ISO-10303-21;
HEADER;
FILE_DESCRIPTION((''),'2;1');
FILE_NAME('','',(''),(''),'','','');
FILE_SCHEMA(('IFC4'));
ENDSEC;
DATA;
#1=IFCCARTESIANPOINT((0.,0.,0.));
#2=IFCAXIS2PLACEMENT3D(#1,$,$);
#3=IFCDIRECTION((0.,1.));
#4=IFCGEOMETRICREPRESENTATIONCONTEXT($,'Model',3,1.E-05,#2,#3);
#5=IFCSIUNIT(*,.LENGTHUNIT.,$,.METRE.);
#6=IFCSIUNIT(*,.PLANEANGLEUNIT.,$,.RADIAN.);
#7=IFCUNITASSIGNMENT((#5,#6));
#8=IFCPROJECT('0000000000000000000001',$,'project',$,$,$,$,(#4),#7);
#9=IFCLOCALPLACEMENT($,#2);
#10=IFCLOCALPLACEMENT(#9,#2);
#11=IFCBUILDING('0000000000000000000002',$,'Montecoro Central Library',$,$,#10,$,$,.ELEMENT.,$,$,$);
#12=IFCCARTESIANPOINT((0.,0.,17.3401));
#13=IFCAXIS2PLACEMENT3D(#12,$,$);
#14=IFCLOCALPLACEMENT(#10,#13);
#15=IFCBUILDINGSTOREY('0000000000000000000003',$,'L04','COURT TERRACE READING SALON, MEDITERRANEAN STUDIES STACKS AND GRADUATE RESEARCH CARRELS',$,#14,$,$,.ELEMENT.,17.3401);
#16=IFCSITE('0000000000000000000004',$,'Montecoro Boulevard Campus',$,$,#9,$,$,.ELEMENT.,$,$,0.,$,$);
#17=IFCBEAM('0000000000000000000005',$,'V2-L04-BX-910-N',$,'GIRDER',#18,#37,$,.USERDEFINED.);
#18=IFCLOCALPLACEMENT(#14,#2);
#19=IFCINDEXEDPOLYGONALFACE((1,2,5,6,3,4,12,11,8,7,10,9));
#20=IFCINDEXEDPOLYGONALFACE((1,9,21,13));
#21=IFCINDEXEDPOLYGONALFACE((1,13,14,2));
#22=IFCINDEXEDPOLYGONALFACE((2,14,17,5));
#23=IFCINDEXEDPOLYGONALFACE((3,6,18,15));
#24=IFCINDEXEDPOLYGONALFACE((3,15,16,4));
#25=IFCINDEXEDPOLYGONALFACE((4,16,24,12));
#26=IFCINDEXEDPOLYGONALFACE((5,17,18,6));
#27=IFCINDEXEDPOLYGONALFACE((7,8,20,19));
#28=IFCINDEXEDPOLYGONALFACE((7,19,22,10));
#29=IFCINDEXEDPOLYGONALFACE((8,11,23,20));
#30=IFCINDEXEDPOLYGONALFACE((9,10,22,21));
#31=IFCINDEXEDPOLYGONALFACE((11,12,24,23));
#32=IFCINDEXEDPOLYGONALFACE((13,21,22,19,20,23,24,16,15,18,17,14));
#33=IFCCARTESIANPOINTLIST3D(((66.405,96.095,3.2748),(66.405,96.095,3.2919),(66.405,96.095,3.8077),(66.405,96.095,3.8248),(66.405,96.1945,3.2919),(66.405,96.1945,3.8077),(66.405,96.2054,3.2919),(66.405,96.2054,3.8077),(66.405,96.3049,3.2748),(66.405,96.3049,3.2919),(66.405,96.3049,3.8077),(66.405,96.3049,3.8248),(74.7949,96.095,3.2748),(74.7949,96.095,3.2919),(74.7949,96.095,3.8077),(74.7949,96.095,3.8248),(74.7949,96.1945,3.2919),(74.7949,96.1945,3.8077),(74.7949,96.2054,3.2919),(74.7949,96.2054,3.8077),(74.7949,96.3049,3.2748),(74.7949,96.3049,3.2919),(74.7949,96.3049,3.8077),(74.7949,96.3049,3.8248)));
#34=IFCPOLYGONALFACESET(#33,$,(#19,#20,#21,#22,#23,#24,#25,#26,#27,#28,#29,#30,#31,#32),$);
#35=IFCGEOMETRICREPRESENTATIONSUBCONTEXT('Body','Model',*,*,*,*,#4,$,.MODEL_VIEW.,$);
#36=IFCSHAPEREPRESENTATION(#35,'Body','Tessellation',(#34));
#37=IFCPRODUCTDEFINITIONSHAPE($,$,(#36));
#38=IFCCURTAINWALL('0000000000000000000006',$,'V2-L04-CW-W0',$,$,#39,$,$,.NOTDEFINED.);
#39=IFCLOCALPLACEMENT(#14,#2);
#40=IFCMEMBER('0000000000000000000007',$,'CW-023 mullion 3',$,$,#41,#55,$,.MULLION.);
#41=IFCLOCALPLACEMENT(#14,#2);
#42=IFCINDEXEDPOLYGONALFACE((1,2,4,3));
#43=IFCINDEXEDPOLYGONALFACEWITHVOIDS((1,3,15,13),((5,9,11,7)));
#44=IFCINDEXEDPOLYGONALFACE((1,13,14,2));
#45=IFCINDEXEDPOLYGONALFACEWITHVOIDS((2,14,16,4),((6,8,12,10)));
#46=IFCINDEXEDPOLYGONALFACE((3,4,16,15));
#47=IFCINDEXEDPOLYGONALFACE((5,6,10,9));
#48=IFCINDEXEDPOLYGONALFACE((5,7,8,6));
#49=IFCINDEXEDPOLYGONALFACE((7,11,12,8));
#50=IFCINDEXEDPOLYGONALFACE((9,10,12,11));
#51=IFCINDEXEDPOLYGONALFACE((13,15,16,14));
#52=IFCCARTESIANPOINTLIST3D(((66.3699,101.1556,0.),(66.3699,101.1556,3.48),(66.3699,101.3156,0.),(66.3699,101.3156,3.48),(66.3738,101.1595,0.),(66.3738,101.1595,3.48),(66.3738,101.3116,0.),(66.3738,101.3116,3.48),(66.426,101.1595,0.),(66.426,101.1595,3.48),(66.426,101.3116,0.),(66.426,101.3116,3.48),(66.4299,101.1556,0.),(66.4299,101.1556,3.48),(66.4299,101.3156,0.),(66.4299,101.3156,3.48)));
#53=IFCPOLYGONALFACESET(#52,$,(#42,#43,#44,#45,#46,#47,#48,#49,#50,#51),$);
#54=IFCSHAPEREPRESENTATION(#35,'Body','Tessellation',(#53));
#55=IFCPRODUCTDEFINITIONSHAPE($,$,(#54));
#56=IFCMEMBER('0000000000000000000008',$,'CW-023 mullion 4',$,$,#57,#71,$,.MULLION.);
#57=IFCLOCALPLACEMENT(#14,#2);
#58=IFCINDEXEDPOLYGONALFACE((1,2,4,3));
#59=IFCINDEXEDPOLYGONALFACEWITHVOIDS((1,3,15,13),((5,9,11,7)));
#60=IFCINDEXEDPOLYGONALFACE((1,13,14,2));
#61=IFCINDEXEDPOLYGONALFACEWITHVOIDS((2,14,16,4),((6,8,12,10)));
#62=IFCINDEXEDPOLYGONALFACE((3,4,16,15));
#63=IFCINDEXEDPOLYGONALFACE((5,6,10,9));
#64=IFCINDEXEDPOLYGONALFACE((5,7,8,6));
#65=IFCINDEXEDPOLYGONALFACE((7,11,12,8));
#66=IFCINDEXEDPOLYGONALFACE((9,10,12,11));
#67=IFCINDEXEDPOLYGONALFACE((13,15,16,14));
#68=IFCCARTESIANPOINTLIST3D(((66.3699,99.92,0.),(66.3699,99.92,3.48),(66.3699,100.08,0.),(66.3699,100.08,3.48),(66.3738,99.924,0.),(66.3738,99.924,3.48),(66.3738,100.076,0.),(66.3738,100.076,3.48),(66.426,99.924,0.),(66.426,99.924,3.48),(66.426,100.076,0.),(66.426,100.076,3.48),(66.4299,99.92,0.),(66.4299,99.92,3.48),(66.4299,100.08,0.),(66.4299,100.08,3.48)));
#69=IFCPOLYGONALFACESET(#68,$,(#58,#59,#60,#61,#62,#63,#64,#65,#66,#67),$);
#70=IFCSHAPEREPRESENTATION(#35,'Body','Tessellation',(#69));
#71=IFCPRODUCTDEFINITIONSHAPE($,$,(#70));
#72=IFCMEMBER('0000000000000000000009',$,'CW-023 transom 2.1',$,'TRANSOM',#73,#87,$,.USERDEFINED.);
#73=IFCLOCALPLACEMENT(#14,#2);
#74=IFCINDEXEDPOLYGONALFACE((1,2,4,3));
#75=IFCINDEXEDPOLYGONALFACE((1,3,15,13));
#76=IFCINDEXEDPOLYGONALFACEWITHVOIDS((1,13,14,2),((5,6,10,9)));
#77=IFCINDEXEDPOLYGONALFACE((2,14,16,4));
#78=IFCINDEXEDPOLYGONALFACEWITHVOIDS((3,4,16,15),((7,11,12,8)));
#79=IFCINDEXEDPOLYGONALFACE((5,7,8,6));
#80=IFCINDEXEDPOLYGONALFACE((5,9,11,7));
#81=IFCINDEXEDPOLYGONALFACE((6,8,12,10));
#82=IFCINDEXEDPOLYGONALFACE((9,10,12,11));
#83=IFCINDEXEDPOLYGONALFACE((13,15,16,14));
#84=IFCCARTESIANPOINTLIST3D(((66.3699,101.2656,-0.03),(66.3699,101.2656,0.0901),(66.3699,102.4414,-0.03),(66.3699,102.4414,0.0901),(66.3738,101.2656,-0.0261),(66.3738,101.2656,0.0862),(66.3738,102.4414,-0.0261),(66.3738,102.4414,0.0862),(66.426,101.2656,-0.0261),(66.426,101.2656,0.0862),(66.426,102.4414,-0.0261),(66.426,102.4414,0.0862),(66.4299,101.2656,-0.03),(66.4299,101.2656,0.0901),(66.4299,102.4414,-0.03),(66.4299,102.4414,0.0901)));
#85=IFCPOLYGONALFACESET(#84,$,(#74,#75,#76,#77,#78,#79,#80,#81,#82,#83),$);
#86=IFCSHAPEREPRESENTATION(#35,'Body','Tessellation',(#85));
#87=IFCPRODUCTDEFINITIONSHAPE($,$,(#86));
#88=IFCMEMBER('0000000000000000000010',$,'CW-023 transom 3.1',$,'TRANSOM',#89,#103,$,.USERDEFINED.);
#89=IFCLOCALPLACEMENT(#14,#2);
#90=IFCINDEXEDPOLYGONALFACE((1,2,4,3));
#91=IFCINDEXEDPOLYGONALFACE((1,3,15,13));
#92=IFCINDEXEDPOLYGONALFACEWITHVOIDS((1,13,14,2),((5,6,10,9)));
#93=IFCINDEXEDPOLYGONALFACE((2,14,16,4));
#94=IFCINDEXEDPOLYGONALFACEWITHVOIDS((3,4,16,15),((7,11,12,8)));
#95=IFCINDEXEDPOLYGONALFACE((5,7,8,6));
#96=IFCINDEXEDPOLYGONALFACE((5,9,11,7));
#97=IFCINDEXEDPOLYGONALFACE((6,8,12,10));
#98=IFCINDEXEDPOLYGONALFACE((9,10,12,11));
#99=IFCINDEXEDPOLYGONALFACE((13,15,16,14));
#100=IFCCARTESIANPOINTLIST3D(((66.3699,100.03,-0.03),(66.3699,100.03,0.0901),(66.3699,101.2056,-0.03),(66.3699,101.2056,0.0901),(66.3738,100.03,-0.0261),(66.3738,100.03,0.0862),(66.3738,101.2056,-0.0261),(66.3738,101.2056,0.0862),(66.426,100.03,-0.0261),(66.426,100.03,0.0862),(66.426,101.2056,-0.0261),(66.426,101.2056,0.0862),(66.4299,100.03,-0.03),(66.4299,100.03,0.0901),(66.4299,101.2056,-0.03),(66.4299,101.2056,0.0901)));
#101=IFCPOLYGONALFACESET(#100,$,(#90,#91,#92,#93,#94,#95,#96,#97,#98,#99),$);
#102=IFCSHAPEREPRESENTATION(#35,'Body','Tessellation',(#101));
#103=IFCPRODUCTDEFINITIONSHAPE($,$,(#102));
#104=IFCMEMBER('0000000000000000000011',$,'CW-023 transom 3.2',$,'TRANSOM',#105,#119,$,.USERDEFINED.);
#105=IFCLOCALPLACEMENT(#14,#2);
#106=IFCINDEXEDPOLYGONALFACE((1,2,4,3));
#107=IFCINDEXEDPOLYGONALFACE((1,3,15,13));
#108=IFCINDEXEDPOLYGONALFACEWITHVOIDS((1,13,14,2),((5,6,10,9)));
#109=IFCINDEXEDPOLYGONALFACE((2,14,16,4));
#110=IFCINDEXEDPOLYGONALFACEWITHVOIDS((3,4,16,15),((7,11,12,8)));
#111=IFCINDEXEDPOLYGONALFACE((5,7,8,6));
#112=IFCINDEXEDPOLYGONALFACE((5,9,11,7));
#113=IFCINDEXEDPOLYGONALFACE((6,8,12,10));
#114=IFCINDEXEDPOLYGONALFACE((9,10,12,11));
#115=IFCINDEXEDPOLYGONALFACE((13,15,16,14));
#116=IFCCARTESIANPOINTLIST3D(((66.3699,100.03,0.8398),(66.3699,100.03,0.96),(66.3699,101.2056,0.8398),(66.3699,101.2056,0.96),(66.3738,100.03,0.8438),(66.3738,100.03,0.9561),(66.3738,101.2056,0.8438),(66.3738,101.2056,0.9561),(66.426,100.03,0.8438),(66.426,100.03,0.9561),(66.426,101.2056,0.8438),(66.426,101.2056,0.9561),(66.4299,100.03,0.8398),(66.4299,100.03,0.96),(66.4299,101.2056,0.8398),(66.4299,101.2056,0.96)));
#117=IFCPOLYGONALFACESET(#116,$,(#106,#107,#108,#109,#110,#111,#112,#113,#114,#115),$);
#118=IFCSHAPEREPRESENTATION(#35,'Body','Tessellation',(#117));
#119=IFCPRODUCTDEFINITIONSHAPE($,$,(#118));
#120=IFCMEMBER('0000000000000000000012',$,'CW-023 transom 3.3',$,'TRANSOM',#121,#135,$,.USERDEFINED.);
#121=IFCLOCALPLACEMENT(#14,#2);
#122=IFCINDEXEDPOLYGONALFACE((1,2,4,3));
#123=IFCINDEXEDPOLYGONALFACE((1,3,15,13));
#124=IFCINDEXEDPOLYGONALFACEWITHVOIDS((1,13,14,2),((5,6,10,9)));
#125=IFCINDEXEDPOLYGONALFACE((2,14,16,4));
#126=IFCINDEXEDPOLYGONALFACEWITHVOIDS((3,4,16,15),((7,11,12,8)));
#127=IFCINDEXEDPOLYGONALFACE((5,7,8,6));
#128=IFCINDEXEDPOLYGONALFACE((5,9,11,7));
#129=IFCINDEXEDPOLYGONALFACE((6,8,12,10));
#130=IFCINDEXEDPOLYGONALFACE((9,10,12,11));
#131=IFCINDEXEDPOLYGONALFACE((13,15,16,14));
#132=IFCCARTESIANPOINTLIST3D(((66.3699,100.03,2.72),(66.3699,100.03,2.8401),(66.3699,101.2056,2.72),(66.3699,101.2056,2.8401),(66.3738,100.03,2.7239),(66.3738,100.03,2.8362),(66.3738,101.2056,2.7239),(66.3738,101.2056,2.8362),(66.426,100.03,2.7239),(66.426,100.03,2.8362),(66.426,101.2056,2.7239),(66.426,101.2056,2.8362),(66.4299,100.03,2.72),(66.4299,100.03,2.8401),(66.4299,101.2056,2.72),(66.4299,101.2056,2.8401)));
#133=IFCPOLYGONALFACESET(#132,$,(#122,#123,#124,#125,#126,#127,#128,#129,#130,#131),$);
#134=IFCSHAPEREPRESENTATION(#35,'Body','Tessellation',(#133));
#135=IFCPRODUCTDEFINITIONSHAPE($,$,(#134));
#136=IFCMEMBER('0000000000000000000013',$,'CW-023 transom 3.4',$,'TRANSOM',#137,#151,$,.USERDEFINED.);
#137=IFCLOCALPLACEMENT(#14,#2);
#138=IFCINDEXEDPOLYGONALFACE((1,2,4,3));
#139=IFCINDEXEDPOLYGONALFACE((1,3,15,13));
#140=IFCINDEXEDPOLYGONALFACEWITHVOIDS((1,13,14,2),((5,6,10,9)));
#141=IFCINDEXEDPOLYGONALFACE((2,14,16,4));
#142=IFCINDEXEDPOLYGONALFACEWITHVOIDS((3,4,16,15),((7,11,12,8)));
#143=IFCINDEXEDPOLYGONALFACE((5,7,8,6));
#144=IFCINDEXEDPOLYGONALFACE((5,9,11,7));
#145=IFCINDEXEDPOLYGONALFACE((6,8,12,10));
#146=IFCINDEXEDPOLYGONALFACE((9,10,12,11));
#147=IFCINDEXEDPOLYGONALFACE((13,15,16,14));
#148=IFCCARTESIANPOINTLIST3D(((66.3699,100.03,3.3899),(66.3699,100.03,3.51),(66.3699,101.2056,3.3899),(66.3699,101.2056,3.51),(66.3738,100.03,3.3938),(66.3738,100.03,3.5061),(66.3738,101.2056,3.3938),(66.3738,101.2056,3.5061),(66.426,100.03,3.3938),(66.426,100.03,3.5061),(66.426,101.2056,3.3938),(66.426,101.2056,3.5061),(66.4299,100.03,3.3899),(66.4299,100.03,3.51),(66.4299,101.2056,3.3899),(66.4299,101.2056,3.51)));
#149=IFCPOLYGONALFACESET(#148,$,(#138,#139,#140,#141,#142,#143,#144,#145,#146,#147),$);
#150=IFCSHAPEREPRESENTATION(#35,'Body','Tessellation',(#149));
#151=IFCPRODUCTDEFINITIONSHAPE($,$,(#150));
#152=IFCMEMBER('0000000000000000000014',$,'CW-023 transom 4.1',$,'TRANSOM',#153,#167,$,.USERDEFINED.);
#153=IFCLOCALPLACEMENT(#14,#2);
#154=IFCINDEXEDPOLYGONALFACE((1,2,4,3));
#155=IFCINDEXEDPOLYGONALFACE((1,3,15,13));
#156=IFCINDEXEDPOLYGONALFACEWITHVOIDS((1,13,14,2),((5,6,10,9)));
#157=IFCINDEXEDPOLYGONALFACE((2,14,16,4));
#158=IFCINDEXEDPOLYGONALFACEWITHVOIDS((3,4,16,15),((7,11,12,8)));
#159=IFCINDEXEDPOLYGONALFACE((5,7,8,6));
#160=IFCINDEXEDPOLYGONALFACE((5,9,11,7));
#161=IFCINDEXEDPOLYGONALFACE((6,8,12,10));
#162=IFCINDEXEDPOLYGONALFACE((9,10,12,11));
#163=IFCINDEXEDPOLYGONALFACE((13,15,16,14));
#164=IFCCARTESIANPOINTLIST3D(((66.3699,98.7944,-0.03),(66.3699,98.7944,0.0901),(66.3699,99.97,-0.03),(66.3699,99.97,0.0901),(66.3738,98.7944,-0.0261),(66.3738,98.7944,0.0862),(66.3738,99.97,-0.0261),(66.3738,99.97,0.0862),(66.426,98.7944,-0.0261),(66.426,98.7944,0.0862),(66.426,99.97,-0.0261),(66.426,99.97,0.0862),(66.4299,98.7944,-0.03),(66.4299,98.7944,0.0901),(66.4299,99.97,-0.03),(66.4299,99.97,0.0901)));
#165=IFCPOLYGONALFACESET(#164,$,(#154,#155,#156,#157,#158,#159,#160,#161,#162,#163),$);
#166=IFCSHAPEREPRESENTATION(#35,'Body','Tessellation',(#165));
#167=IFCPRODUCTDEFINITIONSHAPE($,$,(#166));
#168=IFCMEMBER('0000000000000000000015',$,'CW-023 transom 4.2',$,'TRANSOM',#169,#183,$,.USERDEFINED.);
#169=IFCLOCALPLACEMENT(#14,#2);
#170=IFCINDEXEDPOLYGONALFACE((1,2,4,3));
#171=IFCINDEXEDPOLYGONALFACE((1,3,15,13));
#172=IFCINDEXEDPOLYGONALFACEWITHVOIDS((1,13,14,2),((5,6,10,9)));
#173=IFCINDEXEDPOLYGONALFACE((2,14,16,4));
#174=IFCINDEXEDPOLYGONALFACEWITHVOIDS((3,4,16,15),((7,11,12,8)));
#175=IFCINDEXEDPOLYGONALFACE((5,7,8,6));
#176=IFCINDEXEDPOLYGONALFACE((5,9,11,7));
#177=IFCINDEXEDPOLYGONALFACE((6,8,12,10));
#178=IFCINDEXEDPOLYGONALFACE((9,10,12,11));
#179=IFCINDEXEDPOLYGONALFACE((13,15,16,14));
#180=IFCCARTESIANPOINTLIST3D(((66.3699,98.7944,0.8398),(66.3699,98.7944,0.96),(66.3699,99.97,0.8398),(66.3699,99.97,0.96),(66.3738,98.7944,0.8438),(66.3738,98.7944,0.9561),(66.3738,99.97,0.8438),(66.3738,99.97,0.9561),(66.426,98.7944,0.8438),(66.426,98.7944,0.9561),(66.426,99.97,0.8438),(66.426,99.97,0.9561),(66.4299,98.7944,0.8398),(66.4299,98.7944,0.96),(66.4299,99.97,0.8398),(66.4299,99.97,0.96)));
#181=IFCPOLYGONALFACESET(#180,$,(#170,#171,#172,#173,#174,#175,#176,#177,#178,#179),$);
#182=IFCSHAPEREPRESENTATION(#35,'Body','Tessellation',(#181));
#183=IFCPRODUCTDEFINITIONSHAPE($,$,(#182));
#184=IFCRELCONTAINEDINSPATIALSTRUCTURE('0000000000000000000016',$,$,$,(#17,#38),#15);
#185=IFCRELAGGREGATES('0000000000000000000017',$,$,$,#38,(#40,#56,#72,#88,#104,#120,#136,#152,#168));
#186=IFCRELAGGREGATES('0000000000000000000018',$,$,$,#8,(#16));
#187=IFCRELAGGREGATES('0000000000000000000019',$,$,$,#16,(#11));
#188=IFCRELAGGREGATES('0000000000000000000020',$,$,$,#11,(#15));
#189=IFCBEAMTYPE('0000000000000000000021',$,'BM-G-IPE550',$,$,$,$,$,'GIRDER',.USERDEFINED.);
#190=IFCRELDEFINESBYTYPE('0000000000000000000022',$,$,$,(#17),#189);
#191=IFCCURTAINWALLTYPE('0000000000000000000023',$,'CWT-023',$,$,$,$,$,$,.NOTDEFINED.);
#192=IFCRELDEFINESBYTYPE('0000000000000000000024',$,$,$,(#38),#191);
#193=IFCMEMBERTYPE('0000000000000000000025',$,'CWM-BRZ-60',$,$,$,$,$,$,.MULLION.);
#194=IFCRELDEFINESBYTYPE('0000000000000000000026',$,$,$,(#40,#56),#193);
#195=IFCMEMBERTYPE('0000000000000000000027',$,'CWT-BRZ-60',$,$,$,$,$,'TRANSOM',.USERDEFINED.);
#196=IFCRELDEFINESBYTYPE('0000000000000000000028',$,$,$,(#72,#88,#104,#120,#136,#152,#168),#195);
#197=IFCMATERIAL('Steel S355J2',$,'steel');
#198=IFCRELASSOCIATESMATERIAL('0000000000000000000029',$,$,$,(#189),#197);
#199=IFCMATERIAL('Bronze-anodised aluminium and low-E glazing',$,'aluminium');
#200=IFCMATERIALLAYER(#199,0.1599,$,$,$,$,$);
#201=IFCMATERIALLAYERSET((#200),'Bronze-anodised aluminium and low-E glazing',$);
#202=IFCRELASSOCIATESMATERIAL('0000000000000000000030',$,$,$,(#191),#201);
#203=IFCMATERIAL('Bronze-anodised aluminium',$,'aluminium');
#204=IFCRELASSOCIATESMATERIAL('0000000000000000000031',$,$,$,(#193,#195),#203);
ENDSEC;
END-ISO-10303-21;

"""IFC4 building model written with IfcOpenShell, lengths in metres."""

from ifc_helpers import new_model, si_unit, direction, frame, origin, origin_2d, place, context, subcontext, project, spatial, hollow_rectangle, i_section, extrude, material, layer, layer_set, material_profile, profile_set, type_object, element, aggregate, save


model = new_model("IFC4")

# Units and contexts
model_context = context("Model", 3, precision=1e-05, world=origin(), true_north=direction((0.0, 1.0)))
body_context = subcontext(model_context, "Body", "Model", "MODEL_VIEW")
ifc_project = project(units=[si_unit("LENGTHUNIT", "METRE"), si_unit("PLANEANGLEUNIT", "RADIAN")], contexts=[model_context])

# Site, building, storey
site_placement = place(None, origin())
site = spatial("IfcSite", under=ifc_project, at=site_placement, Name="Montecoro Boulevard Campus", CompositionType="ELEMENT", RefElevation=0.0)
building_placement = place(site_placement, origin())
building = spatial("IfcBuilding", under=site, at=building_placement, Name="Montecoro Central Library", CompositionType="ELEMENT")
storey_placement = place(building_placement, frame((0.0, 0.0, 17.3401)))
storey = spatial("IfcBuildingStorey", under=building, at=storey_placement, Name="L04", Description="COURT TERRACE READING SALON, MEDITERRANEAN STUDIES STACKS AND GRADUATE RESEARCH CARRELS", CompositionType="ELEMENT", Elevation=17.3401)

# Beam
ifc_material_1 = material(Name="Steel S355J2", Category="steel")
ifc_material_profile_1 = material_profile(ifc_material_1, i_section(OverallWidth=0.21, OverallDepth=0.55, WebThickness=0.011, FlangeThickness=0.0171, at=origin_2d()), Name="IPE 550")
ifc_profile_set_1 = profile_set([ifc_material_profile_1], Name="Steel S355J2")
beam_type = type_object("IfcBeamType", Name="BM-G-IPE550", ElementType="GIRDER", PredefinedType="USERDEFINED", material=ifc_profile_set_1)
beam_placement = place(storey_placement, frame((66.405, 96.2, 3.5498), z_axis=(1.0, 0.0, 0.0), x_axis=(0.0, 1.0, 0.0)))
element("IfcBeam", 1, at=beam_placement, inside=storey, type_object=beam_type, Name="V2-L04-BX-910-N", ObjectType="GIRDER", PredefinedType="USERDEFINED", context=body_context, shape_type="SweptSolid", body=[
    extrude(i_section(OverallWidth=0.21, OverallDepth=0.55, WebThickness=0.011, FlangeThickness=0.0171, at=origin_2d()), origin(), (0.0, 0.0, 1.0), 8.3899),
])

# Curtain wall, members
ifc_material_2 = material(Name="Bronze-anodised aluminium and low-E glazing", Category="aluminium")
ifc_layer_1 = layer(ifc_material_2, 0.1599)
ifc_layer_set_1 = layer_set([ifc_layer_1], Name="Bronze-anodised aluminium and low-E glazing")
curtain_wall_type = type_object("IfcCurtainWallType", Name="CWT-023", PredefinedType="NOTDEFINED", material=ifc_layer_set_1)
curtain_wall_placement = place(storey_placement, origin())
curtain_wall = element("IfcCurtainWall", 2, at=curtain_wall_placement, inside=storey, type_object=curtain_wall_type, Name="V2-L04-CW-W0", PredefinedType="NOTDEFINED")
ifc_material_3 = material(Name="Bronze-anodised aluminium", Category="aluminium")
ifc_material_profile_2 = material_profile(ifc_material_3, hollow_rectangle(XDim=0.0601, YDim=0.1599, WallThickness=0.0039, at=origin_2d()), Name="CWM 160x60x4.0")
ifc_profile_set_2 = profile_set([ifc_material_profile_2], Name="Bronze-anodised aluminium")
member_type_1 = type_object("IfcMemberType", Name="CWM-BRZ-60", PredefinedType="MULLION", material=ifc_profile_set_2)
member_1_placement = place(storey_placement, frame((66.3999, 101.2356, 0.0), z_axis=(0.0, 0.0, 1.0), x_axis=(1.0, 0.0, 0.0)))
member_1 = element("IfcMember", 3, at=member_1_placement, type_object=member_type_1, Name="CW-023 mullion 3", PredefinedType="MULLION", context=body_context, shape_type="SweptSolid", body=[
    extrude(hollow_rectangle(XDim=0.0601, YDim=0.1599, WallThickness=0.0039, at=origin_2d()), origin(), (0.0, 0.0, 1.0), 3.48),
])
member_2_placement = place(storey_placement, frame((66.3999, 100.0, 0.0), z_axis=(0.0, 0.0, 1.0), x_axis=(1.0, 0.0, 0.0)))
member_2 = element("IfcMember", 4, at=member_2_placement, type_object=member_type_1, Name="CW-023 mullion 4", PredefinedType="MULLION", context=body_context, shape_type="SweptSolid", body=[
    extrude(hollow_rectangle(XDim=0.0601, YDim=0.1599, WallThickness=0.0039, at=origin_2d()), origin(), (0.0, 0.0, 1.0), 3.48),
])
ifc_material_profile_3 = material_profile(ifc_material_3, hollow_rectangle(XDim=0.0601, YDim=0.1201, WallThickness=0.0039, at=origin_2d()), Name="CWT 120x60x4.0")
ifc_profile_set_3 = profile_set([ifc_material_profile_3], Name="Bronze-anodised aluminium")
member_type_2 = type_object("IfcMemberType", Name="CWT-BRZ-60", ElementType="TRANSOM", PredefinedType="USERDEFINED", material=ifc_profile_set_3)
member_3_placement = place(storey_placement, frame((66.3999, 102.4414, 0.03), z_axis=(0.0, -1.0, 0.0), x_axis=(1.0, 0.0, 0.0)))
member_3 = element("IfcMember", 5, at=member_3_placement, type_object=member_type_2, Name="CW-023 transom 2.1", ObjectType="TRANSOM", PredefinedType="USERDEFINED", context=body_context, shape_type="SweptSolid", body=[
    extrude(hollow_rectangle(XDim=0.0601, YDim=0.1201, WallThickness=0.0039, at=origin_2d()), origin(), (0.0, 0.0, 1.0), 1.1758),
])
member_4_placement = place(storey_placement, frame((66.3999, 101.2056, 0.03), z_axis=(0.0, -1.0, 0.0), x_axis=(1.0, 0.0, 0.0)))
member_4 = element("IfcMember", 6, at=member_4_placement, type_object=member_type_2, Name="CW-023 transom 3.1", ObjectType="TRANSOM", PredefinedType="USERDEFINED", context=body_context, shape_type="SweptSolid", body=[
    extrude(hollow_rectangle(XDim=0.0601, YDim=0.1201, WallThickness=0.0039, at=origin_2d()), origin(), (0.0, 0.0, 1.0), 1.1755),
])
member_5_placement = place(storey_placement, frame((66.3999, 101.2056, 0.8999), z_axis=(0.0, -1.0, 0.0), x_axis=(1.0, 0.0, 0.0)))
member_5 = element("IfcMember", 7, at=member_5_placement, type_object=member_type_2, Name="CW-023 transom 3.2", ObjectType="TRANSOM", PredefinedType="USERDEFINED", context=body_context, shape_type="SweptSolid", body=[
    extrude(hollow_rectangle(XDim=0.0601, YDim=0.1201, WallThickness=0.0039, at=origin_2d()), origin(), (0.0, 0.0, 1.0), 1.1755),
])
member_6_placement = place(storey_placement, frame((66.3999, 101.2056, 2.78), z_axis=(0.0, -1.0, 0.0), x_axis=(1.0, 0.0, 0.0)))
member_6 = element("IfcMember", 8, at=member_6_placement, type_object=member_type_2, Name="CW-023 transom 3.3", ObjectType="TRANSOM", PredefinedType="USERDEFINED", context=body_context, shape_type="SweptSolid", body=[
    extrude(hollow_rectangle(XDim=0.0601, YDim=0.1201, WallThickness=0.0039, at=origin_2d()), origin(), (0.0, 0.0, 1.0), 1.1755),
])
member_7_placement = place(storey_placement, frame((66.3999, 101.2056, 3.45), z_axis=(0.0, -1.0, 0.0), x_axis=(1.0, 0.0, 0.0)))
member_7 = element("IfcMember", 9, at=member_7_placement, type_object=member_type_2, Name="CW-023 transom 3.4", ObjectType="TRANSOM", PredefinedType="USERDEFINED", context=body_context, shape_type="SweptSolid", body=[
    extrude(hollow_rectangle(XDim=0.0601, YDim=0.1201, WallThickness=0.0039, at=origin_2d()), origin(), (0.0, 0.0, 1.0), 1.1755),
])
member_8_placement = place(storey_placement, frame((66.3999, 99.97, 0.03), z_axis=(0.0, -1.0, 0.0), x_axis=(1.0, 0.0, 0.0)))
member_8 = element("IfcMember", 10, at=member_8_placement, type_object=member_type_2, Name="CW-023 transom 4.1", ObjectType="TRANSOM", PredefinedType="USERDEFINED", context=body_context, shape_type="SweptSolid", body=[
    extrude(hollow_rectangle(XDim=0.0601, YDim=0.1201, WallThickness=0.0039, at=origin_2d()), origin(), (0.0, 0.0, 1.0), 1.1755),
])
member_9_placement = place(storey_placement, frame((66.3999, 99.97, 0.8999), z_axis=(0.0, -1.0, 0.0), x_axis=(1.0, 0.0, 0.0)))
member_9 = element("IfcMember", 11, at=member_9_placement, type_object=member_type_2, Name="CW-023 transom 4.2", ObjectType="TRANSOM", PredefinedType="USERDEFINED", context=body_context, shape_type="SweptSolid", body=[
    extrude(hollow_rectangle(XDim=0.0601, YDim=0.1201, WallThickness=0.0039, at=origin_2d()), origin(), (0.0, 0.0, 1.0), 1.1755),
])
aggregate(curtain_wall, [member_1, member_2, member_3, member_4, member_5, member_6, member_7, member_8, member_9])

save(model, "model.ifc")
